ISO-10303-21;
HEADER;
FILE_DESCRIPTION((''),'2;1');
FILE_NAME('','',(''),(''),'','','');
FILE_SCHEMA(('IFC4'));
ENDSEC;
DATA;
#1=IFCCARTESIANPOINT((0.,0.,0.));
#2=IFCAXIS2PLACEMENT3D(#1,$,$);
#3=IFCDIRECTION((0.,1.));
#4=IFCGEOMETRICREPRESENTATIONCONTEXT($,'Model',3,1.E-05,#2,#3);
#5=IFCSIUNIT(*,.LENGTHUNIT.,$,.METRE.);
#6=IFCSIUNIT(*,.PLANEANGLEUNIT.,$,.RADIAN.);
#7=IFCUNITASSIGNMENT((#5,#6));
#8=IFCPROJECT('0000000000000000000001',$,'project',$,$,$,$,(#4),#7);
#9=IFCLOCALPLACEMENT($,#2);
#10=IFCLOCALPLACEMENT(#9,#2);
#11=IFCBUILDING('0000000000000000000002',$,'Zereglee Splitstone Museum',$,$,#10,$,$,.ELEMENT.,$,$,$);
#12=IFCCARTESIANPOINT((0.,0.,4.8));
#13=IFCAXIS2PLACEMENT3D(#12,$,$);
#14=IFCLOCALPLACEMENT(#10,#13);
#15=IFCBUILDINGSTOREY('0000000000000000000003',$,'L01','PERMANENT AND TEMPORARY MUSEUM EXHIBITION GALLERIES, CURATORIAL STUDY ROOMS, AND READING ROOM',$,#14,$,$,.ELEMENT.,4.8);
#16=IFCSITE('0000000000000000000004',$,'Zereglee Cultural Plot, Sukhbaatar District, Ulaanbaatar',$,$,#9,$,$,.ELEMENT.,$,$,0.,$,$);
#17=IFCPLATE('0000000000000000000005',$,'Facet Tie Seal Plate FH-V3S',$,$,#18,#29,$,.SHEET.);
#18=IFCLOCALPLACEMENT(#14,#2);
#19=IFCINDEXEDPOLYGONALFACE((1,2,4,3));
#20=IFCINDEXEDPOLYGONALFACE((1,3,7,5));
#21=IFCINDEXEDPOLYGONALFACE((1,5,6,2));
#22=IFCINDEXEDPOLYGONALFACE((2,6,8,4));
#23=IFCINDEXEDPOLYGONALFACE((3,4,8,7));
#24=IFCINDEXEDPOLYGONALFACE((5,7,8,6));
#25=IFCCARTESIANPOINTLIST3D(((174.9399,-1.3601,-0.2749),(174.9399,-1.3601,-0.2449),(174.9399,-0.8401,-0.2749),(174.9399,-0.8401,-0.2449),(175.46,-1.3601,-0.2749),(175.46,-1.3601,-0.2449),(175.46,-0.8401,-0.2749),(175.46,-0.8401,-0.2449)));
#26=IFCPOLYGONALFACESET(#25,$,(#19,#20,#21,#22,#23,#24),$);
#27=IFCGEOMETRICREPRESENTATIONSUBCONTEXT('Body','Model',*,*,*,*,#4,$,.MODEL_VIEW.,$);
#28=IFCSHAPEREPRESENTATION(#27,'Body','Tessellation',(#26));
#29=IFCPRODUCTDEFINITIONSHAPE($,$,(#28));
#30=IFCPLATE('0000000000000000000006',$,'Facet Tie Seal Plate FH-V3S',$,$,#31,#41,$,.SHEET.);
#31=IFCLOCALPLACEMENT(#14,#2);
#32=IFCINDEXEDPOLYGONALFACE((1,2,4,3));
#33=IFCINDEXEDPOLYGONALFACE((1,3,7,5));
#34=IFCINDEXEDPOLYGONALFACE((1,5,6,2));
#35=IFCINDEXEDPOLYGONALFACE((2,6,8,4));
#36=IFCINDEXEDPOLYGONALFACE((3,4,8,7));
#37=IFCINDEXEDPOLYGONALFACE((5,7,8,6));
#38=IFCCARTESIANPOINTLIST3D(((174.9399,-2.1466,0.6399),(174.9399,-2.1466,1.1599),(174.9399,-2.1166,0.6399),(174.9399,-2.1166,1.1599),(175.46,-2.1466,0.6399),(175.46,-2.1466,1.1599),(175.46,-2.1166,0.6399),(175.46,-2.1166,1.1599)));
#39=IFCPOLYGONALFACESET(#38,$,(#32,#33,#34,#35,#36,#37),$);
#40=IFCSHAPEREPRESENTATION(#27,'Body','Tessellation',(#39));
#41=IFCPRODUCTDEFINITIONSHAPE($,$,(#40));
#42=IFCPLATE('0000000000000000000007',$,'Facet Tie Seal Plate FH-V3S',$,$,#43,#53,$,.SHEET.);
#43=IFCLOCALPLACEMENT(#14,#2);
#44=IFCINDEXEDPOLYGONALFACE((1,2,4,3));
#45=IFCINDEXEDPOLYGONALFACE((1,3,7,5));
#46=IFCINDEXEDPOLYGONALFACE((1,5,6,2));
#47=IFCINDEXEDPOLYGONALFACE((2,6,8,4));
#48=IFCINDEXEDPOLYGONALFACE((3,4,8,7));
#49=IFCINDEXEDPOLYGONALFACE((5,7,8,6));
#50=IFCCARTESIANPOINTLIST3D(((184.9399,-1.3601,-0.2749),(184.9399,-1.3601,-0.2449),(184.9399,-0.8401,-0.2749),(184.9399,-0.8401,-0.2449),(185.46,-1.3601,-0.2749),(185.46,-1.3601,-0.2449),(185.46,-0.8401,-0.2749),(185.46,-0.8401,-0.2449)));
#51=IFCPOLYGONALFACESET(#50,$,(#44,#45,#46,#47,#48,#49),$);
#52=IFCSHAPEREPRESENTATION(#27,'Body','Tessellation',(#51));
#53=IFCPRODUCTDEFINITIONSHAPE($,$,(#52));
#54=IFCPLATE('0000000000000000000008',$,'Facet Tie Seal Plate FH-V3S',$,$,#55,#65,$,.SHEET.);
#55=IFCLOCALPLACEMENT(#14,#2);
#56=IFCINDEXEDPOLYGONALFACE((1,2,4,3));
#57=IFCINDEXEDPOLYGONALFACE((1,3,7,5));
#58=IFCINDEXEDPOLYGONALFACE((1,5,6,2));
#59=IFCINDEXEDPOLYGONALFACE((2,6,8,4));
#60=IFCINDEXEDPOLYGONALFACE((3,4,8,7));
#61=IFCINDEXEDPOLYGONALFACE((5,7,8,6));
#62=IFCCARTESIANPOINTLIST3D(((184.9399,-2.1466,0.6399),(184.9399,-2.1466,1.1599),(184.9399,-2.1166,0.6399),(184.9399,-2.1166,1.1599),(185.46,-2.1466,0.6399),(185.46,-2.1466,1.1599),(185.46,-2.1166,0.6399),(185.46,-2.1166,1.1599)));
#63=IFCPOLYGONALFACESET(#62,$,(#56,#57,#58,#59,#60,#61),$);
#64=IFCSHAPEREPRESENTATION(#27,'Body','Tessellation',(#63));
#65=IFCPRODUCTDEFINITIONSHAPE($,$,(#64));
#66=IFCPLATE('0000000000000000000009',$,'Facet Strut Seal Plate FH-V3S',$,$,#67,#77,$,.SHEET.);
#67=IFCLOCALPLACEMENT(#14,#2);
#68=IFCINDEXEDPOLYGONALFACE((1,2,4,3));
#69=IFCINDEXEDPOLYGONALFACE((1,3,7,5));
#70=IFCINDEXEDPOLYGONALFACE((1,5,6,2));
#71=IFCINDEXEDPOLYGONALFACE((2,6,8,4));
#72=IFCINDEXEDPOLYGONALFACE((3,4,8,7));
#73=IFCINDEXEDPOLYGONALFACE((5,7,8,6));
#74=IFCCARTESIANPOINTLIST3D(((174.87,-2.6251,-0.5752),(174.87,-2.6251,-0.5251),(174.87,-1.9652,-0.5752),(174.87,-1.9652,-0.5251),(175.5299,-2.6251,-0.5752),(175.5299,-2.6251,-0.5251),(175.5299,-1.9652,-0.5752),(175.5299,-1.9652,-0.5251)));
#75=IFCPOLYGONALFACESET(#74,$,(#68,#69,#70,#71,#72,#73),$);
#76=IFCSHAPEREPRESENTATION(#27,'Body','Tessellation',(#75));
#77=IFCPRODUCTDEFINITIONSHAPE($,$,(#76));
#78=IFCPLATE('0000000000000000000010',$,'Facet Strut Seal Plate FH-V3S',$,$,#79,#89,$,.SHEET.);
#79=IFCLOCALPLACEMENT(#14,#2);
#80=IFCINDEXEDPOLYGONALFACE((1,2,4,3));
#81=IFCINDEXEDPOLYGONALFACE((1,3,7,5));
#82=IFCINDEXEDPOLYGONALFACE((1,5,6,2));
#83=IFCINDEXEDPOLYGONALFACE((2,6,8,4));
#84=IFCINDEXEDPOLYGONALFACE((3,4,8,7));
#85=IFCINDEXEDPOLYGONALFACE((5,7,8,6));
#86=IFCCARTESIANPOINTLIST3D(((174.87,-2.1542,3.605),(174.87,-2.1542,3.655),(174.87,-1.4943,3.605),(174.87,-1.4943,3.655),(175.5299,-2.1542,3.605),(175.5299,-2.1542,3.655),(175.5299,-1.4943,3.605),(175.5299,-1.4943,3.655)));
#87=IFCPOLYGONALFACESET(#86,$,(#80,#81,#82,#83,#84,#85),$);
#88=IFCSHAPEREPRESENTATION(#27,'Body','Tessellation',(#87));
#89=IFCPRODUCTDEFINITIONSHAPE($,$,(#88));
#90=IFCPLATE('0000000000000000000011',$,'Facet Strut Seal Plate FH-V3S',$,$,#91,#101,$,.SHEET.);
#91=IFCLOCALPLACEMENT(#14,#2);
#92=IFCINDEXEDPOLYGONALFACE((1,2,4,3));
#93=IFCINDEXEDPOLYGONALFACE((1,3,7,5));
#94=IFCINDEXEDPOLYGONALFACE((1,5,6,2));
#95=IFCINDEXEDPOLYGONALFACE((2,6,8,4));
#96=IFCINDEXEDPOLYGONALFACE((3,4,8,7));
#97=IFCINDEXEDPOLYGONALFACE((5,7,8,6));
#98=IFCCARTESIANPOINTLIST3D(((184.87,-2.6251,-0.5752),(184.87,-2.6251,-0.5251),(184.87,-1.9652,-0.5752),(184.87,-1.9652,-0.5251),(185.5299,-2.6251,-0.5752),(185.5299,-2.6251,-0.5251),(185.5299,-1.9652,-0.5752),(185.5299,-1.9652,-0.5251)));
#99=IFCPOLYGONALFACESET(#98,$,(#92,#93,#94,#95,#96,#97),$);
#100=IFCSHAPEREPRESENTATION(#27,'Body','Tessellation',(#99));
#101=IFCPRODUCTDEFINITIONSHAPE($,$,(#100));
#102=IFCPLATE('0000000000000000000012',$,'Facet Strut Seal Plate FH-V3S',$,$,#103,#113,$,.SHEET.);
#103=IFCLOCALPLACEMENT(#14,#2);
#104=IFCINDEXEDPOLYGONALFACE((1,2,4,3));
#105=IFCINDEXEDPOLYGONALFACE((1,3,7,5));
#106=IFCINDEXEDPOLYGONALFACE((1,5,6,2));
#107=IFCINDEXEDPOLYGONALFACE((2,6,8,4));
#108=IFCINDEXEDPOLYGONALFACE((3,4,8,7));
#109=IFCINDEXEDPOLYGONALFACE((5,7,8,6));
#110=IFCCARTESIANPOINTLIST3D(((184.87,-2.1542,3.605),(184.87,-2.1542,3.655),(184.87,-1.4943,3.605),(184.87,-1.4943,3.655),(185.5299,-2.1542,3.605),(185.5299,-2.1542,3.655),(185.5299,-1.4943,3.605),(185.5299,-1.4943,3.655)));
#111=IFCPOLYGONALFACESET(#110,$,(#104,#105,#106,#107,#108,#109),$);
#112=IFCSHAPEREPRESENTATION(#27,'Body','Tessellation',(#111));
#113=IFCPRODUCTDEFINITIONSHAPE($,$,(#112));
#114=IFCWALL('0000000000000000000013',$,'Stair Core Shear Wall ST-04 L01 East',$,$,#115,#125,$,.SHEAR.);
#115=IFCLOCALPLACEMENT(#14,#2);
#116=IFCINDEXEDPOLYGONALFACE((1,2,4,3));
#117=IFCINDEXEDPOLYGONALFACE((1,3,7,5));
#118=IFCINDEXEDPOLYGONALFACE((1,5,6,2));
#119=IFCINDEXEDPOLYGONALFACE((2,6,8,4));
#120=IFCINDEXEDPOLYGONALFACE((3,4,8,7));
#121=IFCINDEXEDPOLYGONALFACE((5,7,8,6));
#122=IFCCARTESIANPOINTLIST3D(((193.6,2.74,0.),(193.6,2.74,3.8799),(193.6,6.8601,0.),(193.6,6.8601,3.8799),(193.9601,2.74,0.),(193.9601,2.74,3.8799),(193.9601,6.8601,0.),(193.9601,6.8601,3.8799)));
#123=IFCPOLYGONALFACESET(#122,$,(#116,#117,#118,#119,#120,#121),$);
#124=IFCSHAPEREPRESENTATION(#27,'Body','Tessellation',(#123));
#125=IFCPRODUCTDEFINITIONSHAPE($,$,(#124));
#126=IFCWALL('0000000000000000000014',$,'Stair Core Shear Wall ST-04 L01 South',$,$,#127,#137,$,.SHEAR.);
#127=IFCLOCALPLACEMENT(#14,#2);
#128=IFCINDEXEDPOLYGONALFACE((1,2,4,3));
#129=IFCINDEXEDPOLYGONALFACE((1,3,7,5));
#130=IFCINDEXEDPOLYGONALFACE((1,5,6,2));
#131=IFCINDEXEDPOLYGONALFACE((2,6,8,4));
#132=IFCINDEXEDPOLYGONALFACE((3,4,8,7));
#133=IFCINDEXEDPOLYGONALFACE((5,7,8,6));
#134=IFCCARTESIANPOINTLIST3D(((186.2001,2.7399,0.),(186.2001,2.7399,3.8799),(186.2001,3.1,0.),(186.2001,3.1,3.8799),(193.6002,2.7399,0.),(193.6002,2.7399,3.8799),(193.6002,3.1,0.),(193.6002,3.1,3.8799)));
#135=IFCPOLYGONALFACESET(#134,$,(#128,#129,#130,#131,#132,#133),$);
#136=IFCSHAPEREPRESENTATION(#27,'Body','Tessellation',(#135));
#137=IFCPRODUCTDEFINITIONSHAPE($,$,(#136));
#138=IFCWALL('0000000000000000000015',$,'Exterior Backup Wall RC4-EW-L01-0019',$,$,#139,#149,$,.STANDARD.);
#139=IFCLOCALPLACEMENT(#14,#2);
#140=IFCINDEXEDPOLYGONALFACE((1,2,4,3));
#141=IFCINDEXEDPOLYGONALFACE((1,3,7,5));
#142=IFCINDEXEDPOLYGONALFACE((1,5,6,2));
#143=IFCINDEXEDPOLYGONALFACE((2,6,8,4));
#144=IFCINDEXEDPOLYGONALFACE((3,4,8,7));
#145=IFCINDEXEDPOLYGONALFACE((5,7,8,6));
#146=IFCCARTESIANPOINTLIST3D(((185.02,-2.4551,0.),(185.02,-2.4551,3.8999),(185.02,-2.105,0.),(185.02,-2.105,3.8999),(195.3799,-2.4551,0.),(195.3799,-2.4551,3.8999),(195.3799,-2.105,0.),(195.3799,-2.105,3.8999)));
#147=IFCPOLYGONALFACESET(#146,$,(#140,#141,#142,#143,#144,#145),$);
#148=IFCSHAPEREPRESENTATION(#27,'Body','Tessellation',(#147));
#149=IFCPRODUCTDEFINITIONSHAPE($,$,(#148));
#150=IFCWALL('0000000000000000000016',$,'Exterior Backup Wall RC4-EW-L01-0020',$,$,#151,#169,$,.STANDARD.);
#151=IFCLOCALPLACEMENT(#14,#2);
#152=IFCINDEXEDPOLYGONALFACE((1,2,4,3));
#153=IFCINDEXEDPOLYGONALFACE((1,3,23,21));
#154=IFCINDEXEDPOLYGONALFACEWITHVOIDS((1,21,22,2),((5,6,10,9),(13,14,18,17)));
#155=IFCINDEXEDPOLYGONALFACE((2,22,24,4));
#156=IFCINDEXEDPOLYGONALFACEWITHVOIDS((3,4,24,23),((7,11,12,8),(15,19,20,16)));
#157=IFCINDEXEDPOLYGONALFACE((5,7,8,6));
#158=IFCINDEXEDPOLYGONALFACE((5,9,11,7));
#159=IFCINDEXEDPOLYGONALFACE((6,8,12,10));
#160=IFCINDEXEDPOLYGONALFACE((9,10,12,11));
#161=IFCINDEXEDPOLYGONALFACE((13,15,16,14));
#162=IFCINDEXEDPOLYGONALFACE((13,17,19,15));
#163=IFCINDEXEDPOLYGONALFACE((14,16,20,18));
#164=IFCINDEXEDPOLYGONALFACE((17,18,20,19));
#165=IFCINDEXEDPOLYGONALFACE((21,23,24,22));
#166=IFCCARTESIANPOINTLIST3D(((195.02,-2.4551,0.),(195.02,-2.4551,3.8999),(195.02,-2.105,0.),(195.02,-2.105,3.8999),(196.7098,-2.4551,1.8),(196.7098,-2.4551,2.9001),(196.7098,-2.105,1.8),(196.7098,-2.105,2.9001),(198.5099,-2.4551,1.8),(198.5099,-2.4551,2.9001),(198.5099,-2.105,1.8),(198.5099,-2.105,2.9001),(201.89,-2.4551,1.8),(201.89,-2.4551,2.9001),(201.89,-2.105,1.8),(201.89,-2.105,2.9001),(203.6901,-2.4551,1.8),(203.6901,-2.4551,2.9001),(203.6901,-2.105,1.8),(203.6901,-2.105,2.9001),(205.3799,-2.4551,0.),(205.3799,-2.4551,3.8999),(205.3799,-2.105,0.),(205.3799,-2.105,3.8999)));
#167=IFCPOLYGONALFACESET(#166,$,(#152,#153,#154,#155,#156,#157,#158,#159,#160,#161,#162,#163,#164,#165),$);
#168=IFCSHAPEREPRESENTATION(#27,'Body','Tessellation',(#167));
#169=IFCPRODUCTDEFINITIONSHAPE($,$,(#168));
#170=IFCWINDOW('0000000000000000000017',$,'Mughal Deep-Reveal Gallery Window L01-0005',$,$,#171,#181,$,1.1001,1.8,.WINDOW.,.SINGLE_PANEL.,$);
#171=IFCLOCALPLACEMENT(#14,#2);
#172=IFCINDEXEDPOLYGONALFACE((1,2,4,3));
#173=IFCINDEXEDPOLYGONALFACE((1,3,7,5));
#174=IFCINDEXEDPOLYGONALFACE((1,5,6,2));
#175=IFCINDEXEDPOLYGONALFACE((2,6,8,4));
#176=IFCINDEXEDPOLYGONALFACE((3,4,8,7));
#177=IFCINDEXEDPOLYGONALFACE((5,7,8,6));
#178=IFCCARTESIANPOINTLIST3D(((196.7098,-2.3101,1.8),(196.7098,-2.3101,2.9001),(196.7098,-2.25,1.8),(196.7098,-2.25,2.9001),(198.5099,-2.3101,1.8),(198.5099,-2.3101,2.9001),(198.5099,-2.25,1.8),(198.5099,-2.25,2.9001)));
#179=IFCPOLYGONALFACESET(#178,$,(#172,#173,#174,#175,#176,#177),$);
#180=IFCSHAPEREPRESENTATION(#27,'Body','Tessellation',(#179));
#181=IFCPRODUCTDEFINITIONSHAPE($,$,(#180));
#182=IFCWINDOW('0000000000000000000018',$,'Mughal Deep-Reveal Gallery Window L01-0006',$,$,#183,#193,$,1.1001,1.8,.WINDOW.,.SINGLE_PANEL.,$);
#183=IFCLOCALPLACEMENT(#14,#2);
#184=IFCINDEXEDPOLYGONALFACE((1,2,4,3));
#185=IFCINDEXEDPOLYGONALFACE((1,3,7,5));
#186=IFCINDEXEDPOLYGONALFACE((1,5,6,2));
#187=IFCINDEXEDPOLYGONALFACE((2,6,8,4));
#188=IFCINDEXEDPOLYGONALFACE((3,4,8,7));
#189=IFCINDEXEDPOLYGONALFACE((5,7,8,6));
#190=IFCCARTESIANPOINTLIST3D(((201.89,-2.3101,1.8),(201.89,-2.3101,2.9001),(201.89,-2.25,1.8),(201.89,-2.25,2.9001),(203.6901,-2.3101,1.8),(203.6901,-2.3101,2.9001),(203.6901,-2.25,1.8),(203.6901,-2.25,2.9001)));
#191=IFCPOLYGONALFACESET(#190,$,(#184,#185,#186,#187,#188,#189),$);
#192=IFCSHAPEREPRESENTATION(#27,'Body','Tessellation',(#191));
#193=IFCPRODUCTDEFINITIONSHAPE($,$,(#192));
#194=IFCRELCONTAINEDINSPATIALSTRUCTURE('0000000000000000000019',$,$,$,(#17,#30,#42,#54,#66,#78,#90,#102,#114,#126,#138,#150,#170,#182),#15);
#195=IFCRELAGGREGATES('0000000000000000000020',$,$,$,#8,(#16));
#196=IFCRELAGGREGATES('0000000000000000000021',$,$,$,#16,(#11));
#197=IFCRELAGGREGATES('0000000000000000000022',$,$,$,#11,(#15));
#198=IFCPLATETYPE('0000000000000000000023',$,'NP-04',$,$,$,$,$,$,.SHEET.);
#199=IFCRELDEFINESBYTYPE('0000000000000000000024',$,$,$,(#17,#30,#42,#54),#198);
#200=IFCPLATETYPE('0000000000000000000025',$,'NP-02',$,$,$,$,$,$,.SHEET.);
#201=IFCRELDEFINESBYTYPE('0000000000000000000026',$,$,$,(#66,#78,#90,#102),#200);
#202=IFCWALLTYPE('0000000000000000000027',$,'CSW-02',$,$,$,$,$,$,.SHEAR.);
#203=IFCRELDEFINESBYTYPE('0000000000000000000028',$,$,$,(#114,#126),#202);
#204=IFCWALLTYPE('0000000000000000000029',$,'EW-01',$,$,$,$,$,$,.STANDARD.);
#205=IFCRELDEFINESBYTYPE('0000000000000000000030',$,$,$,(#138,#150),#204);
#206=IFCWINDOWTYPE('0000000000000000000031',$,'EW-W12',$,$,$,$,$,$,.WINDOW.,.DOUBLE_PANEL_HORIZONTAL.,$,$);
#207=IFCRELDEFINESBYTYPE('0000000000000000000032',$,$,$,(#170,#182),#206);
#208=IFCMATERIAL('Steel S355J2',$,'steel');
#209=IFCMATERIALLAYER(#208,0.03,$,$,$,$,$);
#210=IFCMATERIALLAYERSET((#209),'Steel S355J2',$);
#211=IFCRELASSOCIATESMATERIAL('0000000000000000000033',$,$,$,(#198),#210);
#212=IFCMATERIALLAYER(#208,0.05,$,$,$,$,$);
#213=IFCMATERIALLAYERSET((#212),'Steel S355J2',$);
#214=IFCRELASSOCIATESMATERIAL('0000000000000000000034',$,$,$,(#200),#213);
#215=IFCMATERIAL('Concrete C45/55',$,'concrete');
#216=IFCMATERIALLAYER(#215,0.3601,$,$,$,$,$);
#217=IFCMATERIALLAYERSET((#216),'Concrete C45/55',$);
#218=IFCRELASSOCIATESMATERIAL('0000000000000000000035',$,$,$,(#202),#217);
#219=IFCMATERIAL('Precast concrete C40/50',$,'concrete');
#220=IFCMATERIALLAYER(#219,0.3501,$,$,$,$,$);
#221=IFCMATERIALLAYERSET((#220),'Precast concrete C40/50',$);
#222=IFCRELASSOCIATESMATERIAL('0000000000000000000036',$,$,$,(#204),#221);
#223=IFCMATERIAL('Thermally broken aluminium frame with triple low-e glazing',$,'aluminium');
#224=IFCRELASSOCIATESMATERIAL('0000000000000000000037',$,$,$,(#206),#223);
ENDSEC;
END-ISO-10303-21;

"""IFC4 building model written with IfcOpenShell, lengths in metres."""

from ifc_helpers import new_model, si_unit, direction, frame, frame_2d, origin, origin_2d, place, context, subcontext, project, spatial, rectangle, extrude, material, layer, layer_set, type_object, element, fill, save


model = new_model("IFC4")

# Units and contexts
model_context = context("Model", 3, precision=1e-05, world=origin(), true_north=direction((0.0, 1.0)))
body_context = subcontext(model_context, "Body", "Model", "MODEL_VIEW")
ifc_project = project(units=[si_unit("LENGTHUNIT", "METRE"), si_unit("PLANEANGLEUNIT", "RADIAN")], contexts=[model_context])

# Site, building, storey
site_placement = place(None, origin())
site = spatial("IfcSite", under=ifc_project, at=site_placement, Name="Zereglee Cultural Plot, Sukhbaatar District, Ulaanbaatar", CompositionType="ELEMENT", RefElevation=0.0)
building_placement = place(site_placement, origin())
building = spatial("IfcBuilding", under=site, at=building_placement, Name="Zereglee Splitstone Museum", CompositionType="ELEMENT")
storey_placement = place(building_placement, frame((0.0, 0.0, 4.8)))
storey = spatial("IfcBuildingStorey", under=building, at=storey_placement, Name="L01", Description="PERMANENT AND TEMPORARY MUSEUM EXHIBITION GALLERIES, CURATORIAL STUDY ROOMS, AND READING ROOM", CompositionType="ELEMENT", Elevation=4.8)

# Shared definitions
ifc_material_1 = material(Name="Steel S355J2", Category="steel")

# Plates
ifc_layer_1 = layer(ifc_material_1, 0.03)
ifc_layer_set_1 = layer_set([ifc_layer_1], Name="Steel S355J2")
plate_type_1 = type_object("IfcPlateType", Name="NP-04", PredefinedType="SHEET", material=ifc_layer_set_1)
plate_1_placement = place(storey_placement, frame((175.2, -1.1001, -0.2749), z_axis=(0.0, 0.0, 1.0), x_axis=(1.0, 0.0, 0.0)))
element("IfcPlate", 1, at=plate_1_placement, inside=storey, type_object=plate_type_1, Name="Facet Tie Seal Plate FH-V3S", PredefinedType="SHEET", context=body_context, shape_type="SweptSolid", body=[
    extrude(rectangle(XDim=0.52, YDim=0.52, at=origin_2d()), origin(), (0.0, 0.0, 1.0), 0.03),
])
plate_2_placement = place(storey_placement, frame((175.2, -2.1316, 0.6399), z_axis=(0.0, 0.0, 1.0), x_axis=(1.0, 0.0, 0.0)))
element("IfcPlate", 2, at=plate_2_placement, inside=storey, type_object=plate_type_1, Name="Facet Tie Seal Plate FH-V3S", PredefinedType="SHEET", context=body_context, shape_type="SweptSolid", body=[
    extrude(rectangle(XDim=0.52, YDim=0.03, at=origin_2d()), origin(), (0.0, 0.0, 1.0), 0.52),
])
plate_3_placement = place(storey_placement, frame((185.2, -1.1001, -0.2749), z_axis=(0.0, 0.0, 1.0), x_axis=(1.0, 0.0, 0.0)))
element("IfcPlate", 3, at=plate_3_placement, inside=storey, type_object=plate_type_1, Name="Facet Tie Seal Plate FH-V3S", PredefinedType="SHEET", context=body_context, shape_type="SweptSolid", body=[
    extrude(rectangle(XDim=0.52, YDim=0.52, at=origin_2d()), origin(), (0.0, 0.0, 1.0), 0.03),
])
plate_4_placement = place(storey_placement, frame((185.2, -2.1316, 0.6399), z_axis=(0.0, 0.0, 1.0), x_axis=(1.0, 0.0, 0.0)))
element("IfcPlate", 4, at=plate_4_placement, inside=storey, type_object=plate_type_1, Name="Facet Tie Seal Plate FH-V3S", PredefinedType="SHEET", context=body_context, shape_type="SweptSolid", body=[
    extrude(rectangle(XDim=0.52, YDim=0.03, at=origin_2d()), origin(), (0.0, 0.0, 1.0), 0.52),
])
ifc_layer_2 = layer(ifc_material_1, 0.05)
ifc_layer_set_2 = layer_set([ifc_layer_2], Name="Steel S355J2")
plate_type_2 = type_object("IfcPlateType", Name="NP-02", PredefinedType="SHEET", material=ifc_layer_set_2)
for number, where, z_axis, x_axis, name in (
    (5, (175.2, -2.2952, -0.5752), (0.0, 0.0, 1.0), (1.0, 0.0, 0.0), "Facet Strut Seal Plate FH-V3S"),
    (6, (175.2, -1.8242, 3.605), (0.0, 0.0, 1.0), (1.0, 0.0, 0.0), "Facet Strut Seal Plate FH-V3S"),
    (7, (185.2, -2.2952, -0.5752), (0.0, 0.0, 1.0), (1.0, 0.0, 0.0), "Facet Strut Seal Plate FH-V3S"),
    (8, (185.2, -1.8242, 3.605), (0.0, 0.0, 1.0), (1.0, 0.0, 0.0), "Facet Strut Seal Plate FH-V3S"),
):
    element("IfcPlate", number, at=place(storey_placement, frame(where, z_axis=z_axis, x_axis=x_axis)), inside=storey, type_object=plate_type_2, Name=name, PredefinedType="SHEET", context=body_context, shape_type="SweptSolid", body=[
        extrude(rectangle(XDim=0.6599, YDim=0.6599, at=origin_2d()), origin(), (0.0, 0.0, 1.0), 0.05),
    ])

# Shared definitions
ifc_material_2 = material(Name="Concrete C45/55", Category="concrete")
ifc_layer_3 = layer(ifc_material_2, 0.3601)
ifc_layer_set_3 = layer_set([ifc_layer_3], Name="Concrete C45/55")
wall_type_1 = type_object("IfcWallType", Name="CSW-02", PredefinedType="SHEAR", material=ifc_layer_set_3)

# Walls
wall_1_placement = place(storey_placement, frame((193.78, 2.74, 0.0), z_axis=(0.0, 0.0, 1.0), x_axis=(0.0, 1.0, 0.0)))
element("IfcWall", 9, at=wall_1_placement, inside=storey, type_object=wall_type_1, Name="Stair Core Shear Wall ST-04 L01 East", PredefinedType="SHEAR", context=body_context, shape_type="SweptSolid", body=[
    extrude(rectangle(XDim=4.1201, YDim=0.3601, at=frame_2d((2.0601, 0.0))), origin(), (0.0, 0.0, 1.0), 3.8799),
])
wall_2_placement = place(storey_placement, frame((186.2, 2.9199, 0.0), z_axis=(0.0, 0.0, 1.0), x_axis=(1.0, 0.0, 0.0)))
element("IfcWall", 10, at=wall_2_placement, inside=storey, type_object=wall_type_1, Name="Stair Core Shear Wall ST-04 L01 South", PredefinedType="SHEAR", context=body_context, shape_type="SweptSolid", body=[
    extrude(rectangle(XDim=7.4001, YDim=0.3601, at=frame_2d((3.7002, 0.0))), origin(), (0.0, 0.0, 1.0), 3.8799),
])
ifc_material_3 = material(Name="Precast concrete C40/50", Category="concrete")
ifc_layer_4 = layer(ifc_material_3, 0.3501)
ifc_layer_set_4 = layer_set([ifc_layer_4], Name="Precast concrete C40/50")
wall_type_2 = type_object("IfcWallType", Name="EW-01", PredefinedType="STANDARD", material=ifc_layer_set_4)
wall_3_placement = place(storey_placement, frame((185.02, -2.28, 0.0), z_axis=(0.0, 0.0, 1.0), x_axis=(1.0, 0.0, 0.0)))
element("IfcWall", 11, at=wall_3_placement, inside=storey, type_object=wall_type_2, Name="Exterior Backup Wall RC4-EW-L01-0019", PredefinedType="STANDARD", context=body_context, shape_type="SweptSolid", body=[
    extrude(rectangle(XDim=10.3599, YDim=0.3501, at=frame_2d((5.1799, 0.0))), origin(), (0.0, 0.0, 1.0), 3.8999),
])

# Wall, openings, windows
wall_4_placement = place(storey_placement, frame((195.02, -2.28, 0.0), z_axis=(0.0, 0.0, 1.0), x_axis=(1.0, 0.0, 0.0)))
wall_4 = element("IfcWall", 12, at=wall_4_placement, inside=storey, type_object=wall_type_2, Name="Exterior Backup Wall RC4-EW-L01-0020", PredefinedType="STANDARD", context=body_context, shape_type="SweptSolid", body=[
    extrude(rectangle(XDim=10.3599, YDim=0.3501, at=frame_2d((5.1799, 0.0))), origin(), (0.0, 0.0, 1.0), 3.8999),
])
opening_1_placement = place(wall_4_placement, frame((1.6899, 0.0, 1.8)))
opening_1 = element("IfcOpeningElement", 13, at=opening_1_placement, cuts=wall_4, PredefinedType="OPENING", context=body_context, shape_type="SweptSolid", body=[
    extrude(rectangle(XDim=1.8, YDim=1.1001, at=frame_2d((0.8999, 0.55))), frame((0.0, 0.1899, 0.0), z_axis=(0.0, -1.0, 0.0), x_axis=(1.0, 0.0, 0.0)), (0.0, 0.0, 1.0), 0.3799),
])
opening_2_placement = place(wall_4_placement, frame((6.8701, 0.0, 1.8)))
opening_2 = element("IfcOpeningElement", 14, at=opening_2_placement, cuts=wall_4, PredefinedType="OPENING", context=body_context, shape_type="SweptSolid", body=[
    extrude(rectangle(XDim=1.8, YDim=1.1001, at=frame_2d((0.8999, 0.55))), frame((0.0, 0.1899, 0.0), z_axis=(0.0, -1.0, 0.0), x_axis=(1.0, 0.0, 0.0)), (0.0, 0.0, 1.0), 0.3799),
])
ifc_material_4 = material(Name="Thermally broken aluminium frame with triple low-e glazing", Category="aluminium")
window_type = type_object("IfcWindowType", Name="EW-W12", PartitioningType="DOUBLE_PANEL_HORIZONTAL", PredefinedType="WINDOW", material=ifc_material_4)
window_1_placement = place(opening_1_placement, origin())
window_1 = element("IfcWindow", 15, at=window_1_placement, inside=storey, type_object=window_type, Name="Mughal Deep-Reveal Gallery Window L01-0005", OverallHeight=1.1001, OverallWidth=1.8, PartitioningType="SINGLE_PANEL", PredefinedType="WINDOW", context=body_context, shape_type="SweptSolid", body=[
    extrude(rectangle(XDim=1.8, YDim=1.1001, at=frame_2d((0.8999, 0.55))), frame((0.0, 0.03, 0.0), z_axis=(0.0, -1.0, 0.0), x_axis=(1.0, 0.0, 0.0)), (0.0, 0.0, 1.0), 0.0601),
])
fill(opening_1, window_1)
window_2_placement = place(opening_2_placement, origin())
window_2 = element("IfcWindow", 16, at=window_2_placement, inside=storey, type_object=window_type, Name="Mughal Deep-Reveal Gallery Window L01-0006", OverallHeight=1.1001, OverallWidth=1.8, PartitioningType="SINGLE_PANEL", PredefinedType="WINDOW", context=body_context, shape_type="SweptSolid", body=[
    extrude(rectangle(XDim=1.8, YDim=1.1001, at=frame_2d((0.8999, 0.55))), frame((0.0, 0.03, 0.0), z_axis=(0.0, -1.0, 0.0), x_axis=(1.0, 0.0, 0.0)), (0.0, 0.0, 1.0), 0.0601),
])
fill(opening_2, window_2)

save(model, "model.ifc")
